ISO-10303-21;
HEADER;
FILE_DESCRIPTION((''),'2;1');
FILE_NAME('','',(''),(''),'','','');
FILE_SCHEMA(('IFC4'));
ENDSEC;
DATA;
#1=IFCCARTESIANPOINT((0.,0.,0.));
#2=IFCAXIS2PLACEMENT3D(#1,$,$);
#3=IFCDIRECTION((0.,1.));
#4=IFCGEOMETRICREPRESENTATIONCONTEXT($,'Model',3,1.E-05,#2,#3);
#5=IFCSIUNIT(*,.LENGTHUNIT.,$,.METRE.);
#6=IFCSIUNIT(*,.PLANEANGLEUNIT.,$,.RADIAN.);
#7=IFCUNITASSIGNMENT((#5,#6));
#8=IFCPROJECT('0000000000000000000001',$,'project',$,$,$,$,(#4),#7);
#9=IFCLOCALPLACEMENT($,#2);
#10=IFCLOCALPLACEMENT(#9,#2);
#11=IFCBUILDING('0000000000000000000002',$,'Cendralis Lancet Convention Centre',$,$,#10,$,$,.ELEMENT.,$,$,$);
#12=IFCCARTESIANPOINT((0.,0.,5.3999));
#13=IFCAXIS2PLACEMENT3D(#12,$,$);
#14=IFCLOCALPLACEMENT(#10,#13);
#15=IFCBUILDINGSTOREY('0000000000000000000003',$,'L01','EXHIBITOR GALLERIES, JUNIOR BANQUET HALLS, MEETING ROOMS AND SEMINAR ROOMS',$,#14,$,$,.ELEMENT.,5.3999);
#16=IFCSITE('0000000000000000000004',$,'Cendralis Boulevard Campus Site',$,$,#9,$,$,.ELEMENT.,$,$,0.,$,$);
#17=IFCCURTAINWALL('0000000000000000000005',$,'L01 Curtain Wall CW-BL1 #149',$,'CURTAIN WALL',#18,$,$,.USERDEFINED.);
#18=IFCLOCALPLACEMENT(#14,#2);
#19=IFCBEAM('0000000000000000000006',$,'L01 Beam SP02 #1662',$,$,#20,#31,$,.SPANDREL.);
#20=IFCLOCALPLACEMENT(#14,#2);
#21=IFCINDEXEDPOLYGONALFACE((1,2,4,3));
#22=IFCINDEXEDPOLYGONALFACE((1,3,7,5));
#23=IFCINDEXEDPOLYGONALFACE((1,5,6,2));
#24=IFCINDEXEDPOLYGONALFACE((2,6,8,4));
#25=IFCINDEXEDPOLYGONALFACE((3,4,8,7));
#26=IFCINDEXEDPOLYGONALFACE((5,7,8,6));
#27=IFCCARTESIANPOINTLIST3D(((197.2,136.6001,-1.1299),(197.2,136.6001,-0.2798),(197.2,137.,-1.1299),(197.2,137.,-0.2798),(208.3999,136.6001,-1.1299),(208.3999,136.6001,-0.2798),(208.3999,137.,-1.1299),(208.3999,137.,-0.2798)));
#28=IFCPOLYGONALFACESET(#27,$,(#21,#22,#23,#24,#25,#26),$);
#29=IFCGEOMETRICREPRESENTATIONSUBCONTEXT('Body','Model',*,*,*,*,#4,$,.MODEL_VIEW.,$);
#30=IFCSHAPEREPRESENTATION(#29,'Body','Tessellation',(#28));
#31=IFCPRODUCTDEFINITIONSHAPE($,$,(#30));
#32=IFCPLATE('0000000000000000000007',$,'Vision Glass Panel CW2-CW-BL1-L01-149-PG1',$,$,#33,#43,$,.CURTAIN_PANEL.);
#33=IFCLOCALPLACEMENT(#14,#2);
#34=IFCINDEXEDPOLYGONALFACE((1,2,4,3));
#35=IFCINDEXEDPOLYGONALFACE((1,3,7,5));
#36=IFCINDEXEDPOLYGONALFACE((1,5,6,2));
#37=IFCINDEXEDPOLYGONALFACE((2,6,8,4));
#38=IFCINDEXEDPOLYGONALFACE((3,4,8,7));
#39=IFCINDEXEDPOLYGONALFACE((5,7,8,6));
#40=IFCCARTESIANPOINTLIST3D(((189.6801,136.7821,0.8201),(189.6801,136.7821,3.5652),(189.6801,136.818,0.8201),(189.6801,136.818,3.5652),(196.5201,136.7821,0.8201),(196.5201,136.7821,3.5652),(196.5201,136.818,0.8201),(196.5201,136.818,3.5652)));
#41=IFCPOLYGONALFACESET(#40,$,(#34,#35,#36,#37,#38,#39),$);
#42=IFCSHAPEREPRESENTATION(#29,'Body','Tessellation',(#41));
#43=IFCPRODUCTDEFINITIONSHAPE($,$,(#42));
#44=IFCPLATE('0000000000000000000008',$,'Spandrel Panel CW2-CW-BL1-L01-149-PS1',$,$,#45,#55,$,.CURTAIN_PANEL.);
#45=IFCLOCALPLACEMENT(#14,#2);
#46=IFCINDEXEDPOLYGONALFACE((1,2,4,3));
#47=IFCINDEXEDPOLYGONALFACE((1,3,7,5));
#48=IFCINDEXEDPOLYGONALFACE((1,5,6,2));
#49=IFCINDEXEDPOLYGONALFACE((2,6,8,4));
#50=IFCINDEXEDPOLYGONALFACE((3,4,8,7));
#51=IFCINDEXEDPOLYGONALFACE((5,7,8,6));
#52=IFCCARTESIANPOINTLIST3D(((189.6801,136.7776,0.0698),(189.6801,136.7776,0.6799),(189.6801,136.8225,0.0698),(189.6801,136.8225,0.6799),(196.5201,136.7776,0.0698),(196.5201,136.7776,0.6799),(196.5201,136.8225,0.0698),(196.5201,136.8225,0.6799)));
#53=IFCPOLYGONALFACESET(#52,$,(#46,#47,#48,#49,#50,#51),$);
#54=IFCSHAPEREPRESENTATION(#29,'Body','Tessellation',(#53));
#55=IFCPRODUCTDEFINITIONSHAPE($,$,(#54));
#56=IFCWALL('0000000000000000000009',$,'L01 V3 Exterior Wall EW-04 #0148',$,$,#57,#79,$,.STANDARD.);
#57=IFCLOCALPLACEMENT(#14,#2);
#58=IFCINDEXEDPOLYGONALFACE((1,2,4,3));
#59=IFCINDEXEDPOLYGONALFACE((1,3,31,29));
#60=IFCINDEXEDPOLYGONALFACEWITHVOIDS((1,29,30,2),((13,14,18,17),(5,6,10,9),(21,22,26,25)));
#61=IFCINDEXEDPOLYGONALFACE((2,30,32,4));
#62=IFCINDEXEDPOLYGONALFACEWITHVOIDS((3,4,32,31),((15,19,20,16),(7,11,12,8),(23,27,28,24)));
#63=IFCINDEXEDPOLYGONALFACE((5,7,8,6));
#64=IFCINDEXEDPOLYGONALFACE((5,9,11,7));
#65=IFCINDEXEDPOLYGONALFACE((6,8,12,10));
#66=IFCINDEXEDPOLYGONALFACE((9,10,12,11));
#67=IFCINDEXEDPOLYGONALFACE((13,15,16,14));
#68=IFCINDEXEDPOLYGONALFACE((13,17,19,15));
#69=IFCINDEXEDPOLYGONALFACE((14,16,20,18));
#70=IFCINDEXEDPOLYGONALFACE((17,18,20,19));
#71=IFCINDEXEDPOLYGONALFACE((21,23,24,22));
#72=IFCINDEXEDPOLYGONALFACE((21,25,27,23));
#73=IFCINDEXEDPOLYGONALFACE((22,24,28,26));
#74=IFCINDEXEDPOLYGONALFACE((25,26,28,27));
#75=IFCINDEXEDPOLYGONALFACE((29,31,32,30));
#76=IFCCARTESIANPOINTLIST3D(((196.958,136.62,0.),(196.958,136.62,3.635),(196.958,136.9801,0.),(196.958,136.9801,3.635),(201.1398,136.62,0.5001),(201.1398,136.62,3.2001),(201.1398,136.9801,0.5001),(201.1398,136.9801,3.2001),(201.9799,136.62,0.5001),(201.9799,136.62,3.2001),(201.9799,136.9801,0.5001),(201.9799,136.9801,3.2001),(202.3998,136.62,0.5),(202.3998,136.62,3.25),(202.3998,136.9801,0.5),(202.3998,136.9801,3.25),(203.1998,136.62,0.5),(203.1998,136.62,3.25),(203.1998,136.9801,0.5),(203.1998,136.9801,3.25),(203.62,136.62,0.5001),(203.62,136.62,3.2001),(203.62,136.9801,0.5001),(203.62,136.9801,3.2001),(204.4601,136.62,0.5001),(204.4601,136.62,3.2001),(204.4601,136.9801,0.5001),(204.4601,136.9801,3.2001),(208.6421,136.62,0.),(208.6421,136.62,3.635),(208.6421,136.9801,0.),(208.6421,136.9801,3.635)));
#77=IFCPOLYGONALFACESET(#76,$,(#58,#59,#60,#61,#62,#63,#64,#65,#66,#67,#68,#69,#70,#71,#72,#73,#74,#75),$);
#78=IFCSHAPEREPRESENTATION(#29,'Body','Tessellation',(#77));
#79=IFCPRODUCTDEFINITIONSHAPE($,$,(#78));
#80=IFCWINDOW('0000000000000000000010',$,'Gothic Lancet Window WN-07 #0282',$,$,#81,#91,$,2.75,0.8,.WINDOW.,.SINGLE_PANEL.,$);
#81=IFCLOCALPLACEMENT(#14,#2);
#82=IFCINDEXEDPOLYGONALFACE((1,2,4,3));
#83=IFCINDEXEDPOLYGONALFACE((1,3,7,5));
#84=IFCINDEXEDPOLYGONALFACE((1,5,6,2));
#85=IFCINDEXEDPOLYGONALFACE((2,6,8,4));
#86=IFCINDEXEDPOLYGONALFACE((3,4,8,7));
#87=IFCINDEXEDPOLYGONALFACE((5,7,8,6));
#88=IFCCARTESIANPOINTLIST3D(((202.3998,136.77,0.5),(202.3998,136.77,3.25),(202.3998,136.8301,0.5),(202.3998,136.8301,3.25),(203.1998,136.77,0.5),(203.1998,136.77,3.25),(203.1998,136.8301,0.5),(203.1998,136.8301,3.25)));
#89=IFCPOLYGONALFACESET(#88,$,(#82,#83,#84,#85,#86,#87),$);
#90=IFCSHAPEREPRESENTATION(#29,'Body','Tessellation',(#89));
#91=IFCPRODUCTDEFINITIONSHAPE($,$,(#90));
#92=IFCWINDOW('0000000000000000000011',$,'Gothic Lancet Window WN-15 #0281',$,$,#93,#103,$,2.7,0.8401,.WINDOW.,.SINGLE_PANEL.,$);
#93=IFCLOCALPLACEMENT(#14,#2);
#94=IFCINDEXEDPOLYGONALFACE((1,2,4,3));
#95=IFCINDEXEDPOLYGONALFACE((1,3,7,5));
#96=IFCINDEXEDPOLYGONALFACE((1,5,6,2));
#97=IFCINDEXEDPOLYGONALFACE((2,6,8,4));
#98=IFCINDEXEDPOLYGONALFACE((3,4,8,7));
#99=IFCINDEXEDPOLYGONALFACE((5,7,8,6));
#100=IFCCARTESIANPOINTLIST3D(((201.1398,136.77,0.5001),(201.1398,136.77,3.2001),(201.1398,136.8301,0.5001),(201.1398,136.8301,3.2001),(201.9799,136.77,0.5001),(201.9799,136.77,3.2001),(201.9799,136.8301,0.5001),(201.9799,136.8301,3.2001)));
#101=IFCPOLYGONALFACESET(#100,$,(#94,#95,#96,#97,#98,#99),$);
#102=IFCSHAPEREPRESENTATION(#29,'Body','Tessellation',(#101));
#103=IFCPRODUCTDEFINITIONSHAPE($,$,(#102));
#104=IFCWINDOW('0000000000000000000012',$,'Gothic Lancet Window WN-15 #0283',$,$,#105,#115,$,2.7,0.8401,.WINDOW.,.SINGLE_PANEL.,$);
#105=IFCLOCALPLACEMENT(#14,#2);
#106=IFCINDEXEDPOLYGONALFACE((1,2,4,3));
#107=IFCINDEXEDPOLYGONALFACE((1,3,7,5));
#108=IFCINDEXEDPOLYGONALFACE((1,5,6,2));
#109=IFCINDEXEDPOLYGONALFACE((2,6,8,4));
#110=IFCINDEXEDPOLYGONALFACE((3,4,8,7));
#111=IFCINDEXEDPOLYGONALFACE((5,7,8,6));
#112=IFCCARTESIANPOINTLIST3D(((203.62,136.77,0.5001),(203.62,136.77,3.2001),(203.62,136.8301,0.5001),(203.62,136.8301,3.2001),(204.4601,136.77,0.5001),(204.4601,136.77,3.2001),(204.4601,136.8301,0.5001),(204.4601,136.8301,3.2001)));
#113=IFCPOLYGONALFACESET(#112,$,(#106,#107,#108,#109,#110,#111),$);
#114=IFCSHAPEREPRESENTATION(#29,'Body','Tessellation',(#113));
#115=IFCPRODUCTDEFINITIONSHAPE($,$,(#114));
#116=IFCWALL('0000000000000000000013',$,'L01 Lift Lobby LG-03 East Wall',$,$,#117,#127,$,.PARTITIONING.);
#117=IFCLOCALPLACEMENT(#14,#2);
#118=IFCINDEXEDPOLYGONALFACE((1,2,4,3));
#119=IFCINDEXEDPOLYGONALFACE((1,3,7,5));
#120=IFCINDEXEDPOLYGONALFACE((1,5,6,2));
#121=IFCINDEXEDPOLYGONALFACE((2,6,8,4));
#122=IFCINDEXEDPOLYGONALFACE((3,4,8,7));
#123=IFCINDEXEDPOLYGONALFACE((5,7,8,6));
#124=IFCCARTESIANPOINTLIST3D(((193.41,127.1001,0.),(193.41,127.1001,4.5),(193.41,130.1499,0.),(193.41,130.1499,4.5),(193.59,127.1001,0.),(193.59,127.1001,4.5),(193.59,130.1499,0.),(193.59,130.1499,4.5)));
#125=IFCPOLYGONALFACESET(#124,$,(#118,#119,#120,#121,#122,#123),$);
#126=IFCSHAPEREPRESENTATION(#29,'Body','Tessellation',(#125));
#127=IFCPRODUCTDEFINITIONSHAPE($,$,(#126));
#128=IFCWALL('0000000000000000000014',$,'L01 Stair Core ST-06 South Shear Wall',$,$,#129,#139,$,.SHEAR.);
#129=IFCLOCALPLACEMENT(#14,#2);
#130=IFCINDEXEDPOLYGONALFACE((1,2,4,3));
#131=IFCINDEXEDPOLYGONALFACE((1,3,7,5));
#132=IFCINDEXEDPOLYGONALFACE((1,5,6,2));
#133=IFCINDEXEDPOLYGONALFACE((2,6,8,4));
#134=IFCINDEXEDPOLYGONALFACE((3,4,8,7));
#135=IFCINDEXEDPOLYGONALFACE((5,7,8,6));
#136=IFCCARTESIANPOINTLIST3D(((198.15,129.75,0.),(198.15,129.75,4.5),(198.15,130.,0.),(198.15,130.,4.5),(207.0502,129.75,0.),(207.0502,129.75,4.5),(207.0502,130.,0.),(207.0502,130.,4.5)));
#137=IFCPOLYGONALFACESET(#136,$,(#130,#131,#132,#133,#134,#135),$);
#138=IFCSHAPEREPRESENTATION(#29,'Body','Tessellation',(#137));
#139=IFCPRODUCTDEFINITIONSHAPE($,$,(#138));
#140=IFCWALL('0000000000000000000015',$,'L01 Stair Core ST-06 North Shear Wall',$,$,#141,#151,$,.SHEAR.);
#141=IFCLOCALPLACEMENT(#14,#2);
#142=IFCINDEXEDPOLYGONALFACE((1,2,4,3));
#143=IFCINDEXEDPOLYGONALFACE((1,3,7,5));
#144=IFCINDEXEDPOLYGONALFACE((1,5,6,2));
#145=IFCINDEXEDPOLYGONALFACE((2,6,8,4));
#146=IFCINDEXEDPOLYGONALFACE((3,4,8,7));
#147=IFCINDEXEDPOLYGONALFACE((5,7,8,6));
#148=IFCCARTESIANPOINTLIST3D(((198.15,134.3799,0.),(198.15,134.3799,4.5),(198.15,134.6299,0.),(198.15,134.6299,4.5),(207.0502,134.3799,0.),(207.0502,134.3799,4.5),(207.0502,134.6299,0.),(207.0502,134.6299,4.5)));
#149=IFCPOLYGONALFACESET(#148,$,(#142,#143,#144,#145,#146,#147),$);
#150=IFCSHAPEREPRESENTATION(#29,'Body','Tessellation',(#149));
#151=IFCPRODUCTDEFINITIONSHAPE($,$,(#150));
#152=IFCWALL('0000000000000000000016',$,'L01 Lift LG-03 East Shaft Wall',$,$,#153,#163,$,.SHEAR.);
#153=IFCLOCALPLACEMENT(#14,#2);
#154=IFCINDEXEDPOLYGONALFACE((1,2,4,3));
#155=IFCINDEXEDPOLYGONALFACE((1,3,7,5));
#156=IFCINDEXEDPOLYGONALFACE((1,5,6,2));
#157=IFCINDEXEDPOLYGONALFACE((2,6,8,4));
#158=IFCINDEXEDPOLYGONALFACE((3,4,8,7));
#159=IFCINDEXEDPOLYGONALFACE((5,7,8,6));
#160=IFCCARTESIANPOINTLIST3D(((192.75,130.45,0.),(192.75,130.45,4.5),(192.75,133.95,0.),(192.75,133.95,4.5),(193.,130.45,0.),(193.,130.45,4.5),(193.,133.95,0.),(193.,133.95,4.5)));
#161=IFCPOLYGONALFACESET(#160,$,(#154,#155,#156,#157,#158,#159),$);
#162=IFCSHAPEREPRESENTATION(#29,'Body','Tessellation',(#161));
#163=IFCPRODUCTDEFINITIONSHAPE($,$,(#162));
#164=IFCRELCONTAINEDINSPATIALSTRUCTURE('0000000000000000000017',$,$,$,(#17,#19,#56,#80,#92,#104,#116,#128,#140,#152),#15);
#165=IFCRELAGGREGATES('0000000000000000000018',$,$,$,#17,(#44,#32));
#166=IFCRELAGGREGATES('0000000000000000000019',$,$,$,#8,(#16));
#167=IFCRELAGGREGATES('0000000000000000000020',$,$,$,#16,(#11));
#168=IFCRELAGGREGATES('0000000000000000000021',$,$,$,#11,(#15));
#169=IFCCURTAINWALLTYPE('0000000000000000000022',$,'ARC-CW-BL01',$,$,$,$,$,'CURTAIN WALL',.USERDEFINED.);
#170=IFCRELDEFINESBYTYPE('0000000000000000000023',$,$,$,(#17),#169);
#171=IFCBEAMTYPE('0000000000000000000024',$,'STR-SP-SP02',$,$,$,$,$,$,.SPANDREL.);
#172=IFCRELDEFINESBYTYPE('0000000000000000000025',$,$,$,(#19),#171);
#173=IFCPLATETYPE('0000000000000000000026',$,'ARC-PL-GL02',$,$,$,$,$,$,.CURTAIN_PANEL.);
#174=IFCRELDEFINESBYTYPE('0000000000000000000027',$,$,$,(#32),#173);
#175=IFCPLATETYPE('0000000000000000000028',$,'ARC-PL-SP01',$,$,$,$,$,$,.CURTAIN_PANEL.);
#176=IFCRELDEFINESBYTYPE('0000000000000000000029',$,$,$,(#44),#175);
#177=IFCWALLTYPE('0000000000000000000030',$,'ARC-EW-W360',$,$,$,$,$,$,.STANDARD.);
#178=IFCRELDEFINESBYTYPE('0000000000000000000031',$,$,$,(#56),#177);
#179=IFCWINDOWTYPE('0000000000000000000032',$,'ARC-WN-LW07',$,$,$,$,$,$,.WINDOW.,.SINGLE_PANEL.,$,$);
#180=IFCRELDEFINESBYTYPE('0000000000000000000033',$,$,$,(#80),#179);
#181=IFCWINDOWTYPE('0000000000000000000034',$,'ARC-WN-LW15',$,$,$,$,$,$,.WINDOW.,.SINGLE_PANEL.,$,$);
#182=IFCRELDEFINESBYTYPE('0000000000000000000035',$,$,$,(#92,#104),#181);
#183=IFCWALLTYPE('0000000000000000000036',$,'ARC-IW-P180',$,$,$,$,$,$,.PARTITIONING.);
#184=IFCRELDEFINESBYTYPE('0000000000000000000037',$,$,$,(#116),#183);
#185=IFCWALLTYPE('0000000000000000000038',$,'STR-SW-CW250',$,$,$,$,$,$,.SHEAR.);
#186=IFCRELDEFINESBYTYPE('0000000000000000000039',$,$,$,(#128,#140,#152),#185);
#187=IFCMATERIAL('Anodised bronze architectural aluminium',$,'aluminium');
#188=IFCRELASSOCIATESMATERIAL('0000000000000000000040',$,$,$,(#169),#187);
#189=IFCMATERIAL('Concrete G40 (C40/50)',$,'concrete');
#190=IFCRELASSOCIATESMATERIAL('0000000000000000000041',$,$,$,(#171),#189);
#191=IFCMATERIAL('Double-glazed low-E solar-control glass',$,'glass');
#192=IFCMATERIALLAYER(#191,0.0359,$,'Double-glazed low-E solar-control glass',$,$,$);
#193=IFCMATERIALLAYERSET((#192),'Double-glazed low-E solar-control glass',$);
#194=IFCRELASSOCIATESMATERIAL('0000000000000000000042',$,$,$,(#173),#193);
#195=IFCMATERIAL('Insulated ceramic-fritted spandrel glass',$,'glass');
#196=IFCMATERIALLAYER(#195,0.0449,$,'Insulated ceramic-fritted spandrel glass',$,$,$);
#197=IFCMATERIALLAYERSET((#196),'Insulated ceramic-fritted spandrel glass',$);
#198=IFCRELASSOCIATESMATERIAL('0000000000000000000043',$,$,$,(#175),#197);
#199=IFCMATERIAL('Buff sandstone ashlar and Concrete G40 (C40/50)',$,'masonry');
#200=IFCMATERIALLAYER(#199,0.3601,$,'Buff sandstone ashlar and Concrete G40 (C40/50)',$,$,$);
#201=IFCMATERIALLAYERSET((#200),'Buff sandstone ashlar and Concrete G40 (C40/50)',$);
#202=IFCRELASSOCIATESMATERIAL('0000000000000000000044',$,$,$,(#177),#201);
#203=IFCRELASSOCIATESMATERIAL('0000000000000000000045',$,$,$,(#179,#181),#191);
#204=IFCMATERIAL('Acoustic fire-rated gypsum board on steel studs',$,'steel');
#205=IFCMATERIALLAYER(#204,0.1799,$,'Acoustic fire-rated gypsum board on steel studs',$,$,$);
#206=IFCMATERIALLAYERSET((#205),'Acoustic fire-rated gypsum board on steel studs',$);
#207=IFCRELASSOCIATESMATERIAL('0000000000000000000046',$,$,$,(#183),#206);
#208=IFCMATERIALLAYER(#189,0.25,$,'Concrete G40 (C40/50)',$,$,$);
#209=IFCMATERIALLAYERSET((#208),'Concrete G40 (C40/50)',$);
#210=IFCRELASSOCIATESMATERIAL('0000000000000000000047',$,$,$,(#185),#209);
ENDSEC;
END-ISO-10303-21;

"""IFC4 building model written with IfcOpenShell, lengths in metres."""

from ifc_helpers import new_model, si_unit, direction, frame, frame_2d, origin, origin_2d, place, context, subcontext, project, spatial, rectangle, extrude, material, layer, layer_set, material_profile, profile_set, type_object, element, fill, aggregate, save


model = new_model("IFC4")

# Units and contexts
model_context = context("Model", 3, precision=1e-05, world=origin(), true_north=direction((0.0, 1.0)))
body_context = subcontext(model_context, "Body", "Model", "MODEL_VIEW")
ifc_project = project(units=[si_unit("LENGTHUNIT", "METRE"), si_unit("PLANEANGLEUNIT", "RADIAN")], contexts=[model_context])

# Site, building, storey
site_placement = place(None, origin())
site = spatial("IfcSite", under=ifc_project, at=site_placement, Name="Cendralis Boulevard Campus Site", CompositionType="ELEMENT", RefElevation=0.0)
building_placement = place(site_placement, origin())
building = spatial("IfcBuilding", under=site, at=building_placement, Name="Cendralis Lancet Convention Centre", CompositionType="ELEMENT")
storey_placement = place(building_placement, frame((0.0, 0.0, 5.3999)))
storey = spatial("IfcBuildingStorey", under=building, at=storey_placement, Name="L01", Description="EXHIBITOR GALLERIES, JUNIOR BANQUET HALLS, MEETING ROOMS AND SEMINAR ROOMS", CompositionType="ELEMENT", Elevation=5.3999)

# Curtain wall
ifc_material_1 = material(Name="Anodised bronze architectural aluminium", Category="aluminium")
curtain_wall_type = type_object("IfcCurtainWallType", Name="ARC-CW-BL01", ElementType="CURTAIN WALL", PredefinedType="USERDEFINED", material=ifc_material_1)
curtain_wall_placement = place(storey_placement, origin())
curtain_wall = element("IfcCurtainWall", 1, at=curtain_wall_placement, inside=storey, type_object=curtain_wall_type, Name="L01 Curtain Wall CW-BL1 #149", ObjectType="CURTAIN WALL", PredefinedType="USERDEFINED")

# Beam
ifc_material_2 = material(Name="Concrete G40 (C40/50)", Category="concrete")
ifc_material_profile_1 = material_profile(ifc_material_2, rectangle(XDim=0.3999, YDim=0.8501, at=origin_2d()), Name="RCB 400x850")
ifc_profile_set_1 = profile_set([ifc_material_profile_1], Name="Concrete G40 (C40/50)")
beam_type_1 = type_object("IfcBeamType", Name="STR-SP-SP02", PredefinedType="SPANDREL", material=ifc_profile_set_1)
beam_1_placement = place(storey_placement, frame((197.2, 136.8, -0.7048), z_axis=(1.0, 0.0, 0.0), x_axis=(0.0, 1.0, 0.0)))
element("IfcBeam", 2, at=beam_1_placement, inside=storey, type_object=beam_type_1, Name="L01 Beam SP02 #1662", PredefinedType="SPANDREL", context=body_context, shape_type="SweptSolid", body=[
    extrude(rectangle(XDim=0.3999, YDim=0.8501, at=origin_2d()), origin(), (0.0, 0.0, 1.0), 11.2),
])

# Plates
ifc_material_3 = material(Name="Double-glazed low-E solar-control glass", Category="glass")
ifc_layer_1 = layer(ifc_material_3, 0.0359, Name="Double-glazed low-E solar-control glass")
ifc_layer_set_1 = layer_set([ifc_layer_1], Name="Double-glazed low-E solar-control glass")
plate_type_1 = type_object("IfcPlateType", Name="ARC-PL-GL02", PredefinedType="CURTAIN_PANEL", material=ifc_layer_set_1)
plate_1_placement = place(storey_placement, frame((193.1001, 136.8, 0.8201), z_axis=(0.0, 0.0, 1.0), x_axis=(1.0, 0.0, 0.0)))
plate_1 = element("IfcPlate", 3, at=plate_1_placement, type_object=plate_type_1, Name="Vision Glass Panel CW2-CW-BL1-L01-149-PG1", PredefinedType="CURTAIN_PANEL", context=body_context, shape_type="SweptSolid", body=[
    extrude(rectangle(XDim=6.8401, YDim=0.0359, at=origin_2d()), origin(), (0.0, 0.0, 1.0), 2.7451),
])
ifc_material_4 = material(Name="Insulated ceramic-fritted spandrel glass", Category="glass")
ifc_layer_2 = layer(ifc_material_4, 0.0449, Name="Insulated ceramic-fritted spandrel glass")
ifc_layer_set_2 = layer_set([ifc_layer_2], Name="Insulated ceramic-fritted spandrel glass")
plate_type_2 = type_object("IfcPlateType", Name="ARC-PL-SP01", PredefinedType="CURTAIN_PANEL", material=ifc_layer_set_2)
plate_2_placement = place(storey_placement, frame((193.1001, 136.8, 0.0698), z_axis=(0.0, 0.0, 1.0), x_axis=(1.0, 0.0, 0.0)))
plate_2 = element("IfcPlate", 4, at=plate_2_placement, type_object=plate_type_2, Name="Spandrel Panel CW2-CW-BL1-L01-149-PS1", PredefinedType="CURTAIN_PANEL", context=body_context, shape_type="SweptSolid", body=[
    extrude(rectangle(XDim=6.8401, YDim=0.0449, at=origin_2d()), origin(), (0.0, 0.0, 1.0), 0.6101),
])
aggregate(curtain_wall, [plate_2, plate_1])

# Wall, openings, windows
ifc_material_5 = material(Name="Buff sandstone ashlar and Concrete G40 (C40/50)", Category="masonry")
ifc_layer_3 = layer(ifc_material_5, 0.3601, Name="Buff sandstone ashlar and Concrete G40 (C40/50)")
ifc_layer_set_3 = layer_set([ifc_layer_3], Name="Buff sandstone ashlar and Concrete G40 (C40/50)")
wall_type_1 = type_object("IfcWallType", Name="ARC-EW-W360", PredefinedType="STANDARD", material=ifc_layer_set_3)
wall_1_placement = place(storey_placement, frame((196.958, 136.8, 0.0), z_axis=(0.0, 0.0, 1.0), x_axis=(1.0, 0.0, 0.0)))
wall_1 = element("IfcWall", 5, at=wall_1_placement, inside=storey, type_object=wall_type_1, Name="L01 V3 Exterior Wall EW-04 #0148", PredefinedType="STANDARD", context=body_context, shape_type="SweptSolid", body=[
    extrude(rectangle(XDim=11.6841, YDim=0.3601, at=frame_2d((5.842, 0.0))), origin(), (0.0, 0.0, 1.0), 3.635),
])
opening_1_placement = place(wall_1_placement, frame((4.1819, 0.0, 0.5)))
opening_1 = element("IfcOpeningElement", 6, at=opening_1_placement, cuts=wall_1, PredefinedType="OPENING", context=body_context, shape_type="SweptSolid", body=[
    extrude(rectangle(XDim=0.8401, YDim=2.7, at=frame_2d((0.4199, 1.3501))), frame((0.0, 0.1899, 0.0), z_axis=(0.0, -1.0, 0.0), x_axis=(1.0, 0.0, 0.0)), (0.0, 0.0, 1.0), 0.3801),
])
opening_2_placement = place(wall_1_placement, frame((5.4419, 0.0, 0.5)))
opening_2 = element("IfcOpeningElement", 7, at=opening_2_placement, cuts=wall_1, PredefinedType="OPENING", context=body_context, shape_type="SweptSolid", body=[
    extrude(rectangle(XDim=0.8, YDim=2.75, at=frame_2d((0.3999, 1.375))), frame((0.0, 0.1899, 0.0), z_axis=(0.0, -1.0, 0.0), x_axis=(1.0, 0.0, 0.0)), (0.0, 0.0, 1.0), 0.3801),
])
opening_3_placement = place(wall_1_placement, frame((6.6621, 0.0, 0.5)))
opening_3 = element("IfcOpeningElement", 8, at=opening_3_placement, cuts=wall_1, PredefinedType="OPENING", context=body_context, shape_type="SweptSolid", body=[
    extrude(rectangle(XDim=0.8401, YDim=2.7, at=frame_2d((0.4199, 1.3501))), frame((0.0, 0.1899, 0.0), z_axis=(0.0, -1.0, 0.0), x_axis=(1.0, 0.0, 0.0)), (0.0, 0.0, 1.0), 0.3801),
])
window_type_1 = type_object("IfcWindowType", Name="ARC-WN-LW07", PartitioningType="SINGLE_PANEL", PredefinedType="WINDOW", material=ifc_material_3)
window_1_placement = place(opening_2_placement, origin())
window_1 = element("IfcWindow", 9, at=window_1_placement, inside=storey, type_object=window_type_1, Name="Gothic Lancet Window WN-07 #0282", OverallHeight=2.75, OverallWidth=0.8, PartitioningType="SINGLE_PANEL", PredefinedType="WINDOW", context=body_context, shape_type="SweptSolid", body=[
    extrude(rectangle(XDim=0.8, YDim=2.75, at=frame_2d((0.3999, 1.375))), frame((0.0, 0.03, 0.0), z_axis=(0.0, -1.0, 0.0), x_axis=(1.0, 0.0, 0.0)), (0.0, 0.0, 1.0), 0.0601),
])
fill(opening_2, window_1)
window_type_2 = type_object("IfcWindowType", Name="ARC-WN-LW15", PartitioningType="SINGLE_PANEL", PredefinedType="WINDOW", material=ifc_material_3)
window_2_placement = place(opening_1_placement, origin())
window_2 = element("IfcWindow", 10, at=window_2_placement, inside=storey, type_object=window_type_2, Name="Gothic Lancet Window WN-15 #0281", OverallHeight=2.7, OverallWidth=0.8401, PartitioningType="SINGLE_PANEL", PredefinedType="WINDOW", context=body_context, shape_type="SweptSolid", body=[
    extrude(rectangle(XDim=0.8401, YDim=2.7, at=frame_2d((0.4199, 1.3501))), frame((0.0, 0.03, 0.0), z_axis=(0.0, -1.0, 0.0), x_axis=(1.0, 0.0, 0.0)), (0.0, 0.0, 1.0), 0.0601),
])
fill(opening_1, window_2)
window_3_placement = place(opening_3_placement, origin())
window_3 = element("IfcWindow", 11, at=window_3_placement, inside=storey, type_object=window_type_2, Name="Gothic Lancet Window WN-15 #0283", OverallHeight=2.7, OverallWidth=0.8401, PartitioningType="SINGLE_PANEL", PredefinedType="WINDOW", context=body_context, shape_type="SweptSolid", body=[
    extrude(rectangle(XDim=0.8401, YDim=2.7, at=frame_2d((0.4199, 1.3501))), frame((0.0, 0.03, 0.0), z_axis=(0.0, -1.0, 0.0), x_axis=(1.0, 0.0, 0.0)), (0.0, 0.0, 1.0), 0.0601),
])
fill(opening_3, window_3)

# Shared definitions
ifc_material_6 = material(Name="Acoustic fire-rated gypsum board on steel studs", Category="steel")
ifc_layer_4 = layer(ifc_material_6, 0.1799, Name="Acoustic fire-rated gypsum board on steel studs")
ifc_layer_set_4 = layer_set([ifc_layer_4], Name="Acoustic fire-rated gypsum board on steel studs")
wall_type_2 = type_object("IfcWallType", Name="ARC-IW-P180", PredefinedType="PARTITIONING", material=ifc_layer_set_4)

# Wall
wall_2_placement = place(storey_placement, frame((193.5, 127.1001, 0.0), z_axis=(0.0, 0.0, 1.0), x_axis=(0.0, 1.0, 0.0)))
element("IfcWall", 12, at=wall_2_placement, inside=storey, type_object=wall_type_2, Name="L01 Lift Lobby LG-03 East Wall", PredefinedType="PARTITIONING", context=body_context, shape_type="SweptSolid", body=[
    extrude(rectangle(XDim=3.0498, YDim=0.1799, at=frame_2d((1.5249, 0.0))), origin(), (0.0, 0.0, 1.0), 4.5),
])

# Shared definitions
ifc_layer_5 = layer(ifc_material_2, 0.25, Name="Concrete G40 (C40/50)")
ifc_layer_set_5 = layer_set([ifc_layer_5], Name="Concrete G40 (C40/50)")
wall_type_3 = type_object("IfcWallType", Name="STR-SW-CW250", PredefinedType="SHEAR", material=ifc_layer_set_5)

# Walls
for number, where, z_axis, x_axis, name in (
    (13, (198.1499, 129.875, 0.0), (0.0, 0.0, 1.0), (1.0, 0.0, 0.0), "L01 Stair Core ST-06 South Shear Wall"),
    (14, (198.1499, 134.5049, 0.0), (0.0, 0.0, 1.0), (1.0, 0.0, 0.0), "L01 Stair Core ST-06 North Shear Wall"),
):
    element("IfcWall", number, at=place(storey_placement, frame(where, z_axis=z_axis, x_axis=x_axis)), inside=storey, type_object=wall_type_3, Name=name, PredefinedType="SHEAR", context=body_context, shape_type="SweptSolid", body=[
        extrude(rectangle(XDim=8.9001, YDim=0.25, at=frame_2d((4.4502, 0.0))), origin(), (0.0, 0.0, 1.0), 4.5),
    ])
wall_3_placement = place(storey_placement, frame((192.875, 130.45, 0.0), z_axis=(0.0, 0.0, 1.0), x_axis=(0.0, 1.0, 0.0)))
element("IfcWall", 15, at=wall_3_placement, inside=storey, type_object=wall_type_3, Name="L01 Lift LG-03 East Shaft Wall", PredefinedType="SHEAR", context=body_context, shape_type="SweptSolid", body=[
    extrude(rectangle(XDim=3.5, YDim=0.25, at=frame_2d((1.75, 0.0))), origin(), (0.0, 0.0, 1.0), 4.5),
])

save(model, "model.ifc")
